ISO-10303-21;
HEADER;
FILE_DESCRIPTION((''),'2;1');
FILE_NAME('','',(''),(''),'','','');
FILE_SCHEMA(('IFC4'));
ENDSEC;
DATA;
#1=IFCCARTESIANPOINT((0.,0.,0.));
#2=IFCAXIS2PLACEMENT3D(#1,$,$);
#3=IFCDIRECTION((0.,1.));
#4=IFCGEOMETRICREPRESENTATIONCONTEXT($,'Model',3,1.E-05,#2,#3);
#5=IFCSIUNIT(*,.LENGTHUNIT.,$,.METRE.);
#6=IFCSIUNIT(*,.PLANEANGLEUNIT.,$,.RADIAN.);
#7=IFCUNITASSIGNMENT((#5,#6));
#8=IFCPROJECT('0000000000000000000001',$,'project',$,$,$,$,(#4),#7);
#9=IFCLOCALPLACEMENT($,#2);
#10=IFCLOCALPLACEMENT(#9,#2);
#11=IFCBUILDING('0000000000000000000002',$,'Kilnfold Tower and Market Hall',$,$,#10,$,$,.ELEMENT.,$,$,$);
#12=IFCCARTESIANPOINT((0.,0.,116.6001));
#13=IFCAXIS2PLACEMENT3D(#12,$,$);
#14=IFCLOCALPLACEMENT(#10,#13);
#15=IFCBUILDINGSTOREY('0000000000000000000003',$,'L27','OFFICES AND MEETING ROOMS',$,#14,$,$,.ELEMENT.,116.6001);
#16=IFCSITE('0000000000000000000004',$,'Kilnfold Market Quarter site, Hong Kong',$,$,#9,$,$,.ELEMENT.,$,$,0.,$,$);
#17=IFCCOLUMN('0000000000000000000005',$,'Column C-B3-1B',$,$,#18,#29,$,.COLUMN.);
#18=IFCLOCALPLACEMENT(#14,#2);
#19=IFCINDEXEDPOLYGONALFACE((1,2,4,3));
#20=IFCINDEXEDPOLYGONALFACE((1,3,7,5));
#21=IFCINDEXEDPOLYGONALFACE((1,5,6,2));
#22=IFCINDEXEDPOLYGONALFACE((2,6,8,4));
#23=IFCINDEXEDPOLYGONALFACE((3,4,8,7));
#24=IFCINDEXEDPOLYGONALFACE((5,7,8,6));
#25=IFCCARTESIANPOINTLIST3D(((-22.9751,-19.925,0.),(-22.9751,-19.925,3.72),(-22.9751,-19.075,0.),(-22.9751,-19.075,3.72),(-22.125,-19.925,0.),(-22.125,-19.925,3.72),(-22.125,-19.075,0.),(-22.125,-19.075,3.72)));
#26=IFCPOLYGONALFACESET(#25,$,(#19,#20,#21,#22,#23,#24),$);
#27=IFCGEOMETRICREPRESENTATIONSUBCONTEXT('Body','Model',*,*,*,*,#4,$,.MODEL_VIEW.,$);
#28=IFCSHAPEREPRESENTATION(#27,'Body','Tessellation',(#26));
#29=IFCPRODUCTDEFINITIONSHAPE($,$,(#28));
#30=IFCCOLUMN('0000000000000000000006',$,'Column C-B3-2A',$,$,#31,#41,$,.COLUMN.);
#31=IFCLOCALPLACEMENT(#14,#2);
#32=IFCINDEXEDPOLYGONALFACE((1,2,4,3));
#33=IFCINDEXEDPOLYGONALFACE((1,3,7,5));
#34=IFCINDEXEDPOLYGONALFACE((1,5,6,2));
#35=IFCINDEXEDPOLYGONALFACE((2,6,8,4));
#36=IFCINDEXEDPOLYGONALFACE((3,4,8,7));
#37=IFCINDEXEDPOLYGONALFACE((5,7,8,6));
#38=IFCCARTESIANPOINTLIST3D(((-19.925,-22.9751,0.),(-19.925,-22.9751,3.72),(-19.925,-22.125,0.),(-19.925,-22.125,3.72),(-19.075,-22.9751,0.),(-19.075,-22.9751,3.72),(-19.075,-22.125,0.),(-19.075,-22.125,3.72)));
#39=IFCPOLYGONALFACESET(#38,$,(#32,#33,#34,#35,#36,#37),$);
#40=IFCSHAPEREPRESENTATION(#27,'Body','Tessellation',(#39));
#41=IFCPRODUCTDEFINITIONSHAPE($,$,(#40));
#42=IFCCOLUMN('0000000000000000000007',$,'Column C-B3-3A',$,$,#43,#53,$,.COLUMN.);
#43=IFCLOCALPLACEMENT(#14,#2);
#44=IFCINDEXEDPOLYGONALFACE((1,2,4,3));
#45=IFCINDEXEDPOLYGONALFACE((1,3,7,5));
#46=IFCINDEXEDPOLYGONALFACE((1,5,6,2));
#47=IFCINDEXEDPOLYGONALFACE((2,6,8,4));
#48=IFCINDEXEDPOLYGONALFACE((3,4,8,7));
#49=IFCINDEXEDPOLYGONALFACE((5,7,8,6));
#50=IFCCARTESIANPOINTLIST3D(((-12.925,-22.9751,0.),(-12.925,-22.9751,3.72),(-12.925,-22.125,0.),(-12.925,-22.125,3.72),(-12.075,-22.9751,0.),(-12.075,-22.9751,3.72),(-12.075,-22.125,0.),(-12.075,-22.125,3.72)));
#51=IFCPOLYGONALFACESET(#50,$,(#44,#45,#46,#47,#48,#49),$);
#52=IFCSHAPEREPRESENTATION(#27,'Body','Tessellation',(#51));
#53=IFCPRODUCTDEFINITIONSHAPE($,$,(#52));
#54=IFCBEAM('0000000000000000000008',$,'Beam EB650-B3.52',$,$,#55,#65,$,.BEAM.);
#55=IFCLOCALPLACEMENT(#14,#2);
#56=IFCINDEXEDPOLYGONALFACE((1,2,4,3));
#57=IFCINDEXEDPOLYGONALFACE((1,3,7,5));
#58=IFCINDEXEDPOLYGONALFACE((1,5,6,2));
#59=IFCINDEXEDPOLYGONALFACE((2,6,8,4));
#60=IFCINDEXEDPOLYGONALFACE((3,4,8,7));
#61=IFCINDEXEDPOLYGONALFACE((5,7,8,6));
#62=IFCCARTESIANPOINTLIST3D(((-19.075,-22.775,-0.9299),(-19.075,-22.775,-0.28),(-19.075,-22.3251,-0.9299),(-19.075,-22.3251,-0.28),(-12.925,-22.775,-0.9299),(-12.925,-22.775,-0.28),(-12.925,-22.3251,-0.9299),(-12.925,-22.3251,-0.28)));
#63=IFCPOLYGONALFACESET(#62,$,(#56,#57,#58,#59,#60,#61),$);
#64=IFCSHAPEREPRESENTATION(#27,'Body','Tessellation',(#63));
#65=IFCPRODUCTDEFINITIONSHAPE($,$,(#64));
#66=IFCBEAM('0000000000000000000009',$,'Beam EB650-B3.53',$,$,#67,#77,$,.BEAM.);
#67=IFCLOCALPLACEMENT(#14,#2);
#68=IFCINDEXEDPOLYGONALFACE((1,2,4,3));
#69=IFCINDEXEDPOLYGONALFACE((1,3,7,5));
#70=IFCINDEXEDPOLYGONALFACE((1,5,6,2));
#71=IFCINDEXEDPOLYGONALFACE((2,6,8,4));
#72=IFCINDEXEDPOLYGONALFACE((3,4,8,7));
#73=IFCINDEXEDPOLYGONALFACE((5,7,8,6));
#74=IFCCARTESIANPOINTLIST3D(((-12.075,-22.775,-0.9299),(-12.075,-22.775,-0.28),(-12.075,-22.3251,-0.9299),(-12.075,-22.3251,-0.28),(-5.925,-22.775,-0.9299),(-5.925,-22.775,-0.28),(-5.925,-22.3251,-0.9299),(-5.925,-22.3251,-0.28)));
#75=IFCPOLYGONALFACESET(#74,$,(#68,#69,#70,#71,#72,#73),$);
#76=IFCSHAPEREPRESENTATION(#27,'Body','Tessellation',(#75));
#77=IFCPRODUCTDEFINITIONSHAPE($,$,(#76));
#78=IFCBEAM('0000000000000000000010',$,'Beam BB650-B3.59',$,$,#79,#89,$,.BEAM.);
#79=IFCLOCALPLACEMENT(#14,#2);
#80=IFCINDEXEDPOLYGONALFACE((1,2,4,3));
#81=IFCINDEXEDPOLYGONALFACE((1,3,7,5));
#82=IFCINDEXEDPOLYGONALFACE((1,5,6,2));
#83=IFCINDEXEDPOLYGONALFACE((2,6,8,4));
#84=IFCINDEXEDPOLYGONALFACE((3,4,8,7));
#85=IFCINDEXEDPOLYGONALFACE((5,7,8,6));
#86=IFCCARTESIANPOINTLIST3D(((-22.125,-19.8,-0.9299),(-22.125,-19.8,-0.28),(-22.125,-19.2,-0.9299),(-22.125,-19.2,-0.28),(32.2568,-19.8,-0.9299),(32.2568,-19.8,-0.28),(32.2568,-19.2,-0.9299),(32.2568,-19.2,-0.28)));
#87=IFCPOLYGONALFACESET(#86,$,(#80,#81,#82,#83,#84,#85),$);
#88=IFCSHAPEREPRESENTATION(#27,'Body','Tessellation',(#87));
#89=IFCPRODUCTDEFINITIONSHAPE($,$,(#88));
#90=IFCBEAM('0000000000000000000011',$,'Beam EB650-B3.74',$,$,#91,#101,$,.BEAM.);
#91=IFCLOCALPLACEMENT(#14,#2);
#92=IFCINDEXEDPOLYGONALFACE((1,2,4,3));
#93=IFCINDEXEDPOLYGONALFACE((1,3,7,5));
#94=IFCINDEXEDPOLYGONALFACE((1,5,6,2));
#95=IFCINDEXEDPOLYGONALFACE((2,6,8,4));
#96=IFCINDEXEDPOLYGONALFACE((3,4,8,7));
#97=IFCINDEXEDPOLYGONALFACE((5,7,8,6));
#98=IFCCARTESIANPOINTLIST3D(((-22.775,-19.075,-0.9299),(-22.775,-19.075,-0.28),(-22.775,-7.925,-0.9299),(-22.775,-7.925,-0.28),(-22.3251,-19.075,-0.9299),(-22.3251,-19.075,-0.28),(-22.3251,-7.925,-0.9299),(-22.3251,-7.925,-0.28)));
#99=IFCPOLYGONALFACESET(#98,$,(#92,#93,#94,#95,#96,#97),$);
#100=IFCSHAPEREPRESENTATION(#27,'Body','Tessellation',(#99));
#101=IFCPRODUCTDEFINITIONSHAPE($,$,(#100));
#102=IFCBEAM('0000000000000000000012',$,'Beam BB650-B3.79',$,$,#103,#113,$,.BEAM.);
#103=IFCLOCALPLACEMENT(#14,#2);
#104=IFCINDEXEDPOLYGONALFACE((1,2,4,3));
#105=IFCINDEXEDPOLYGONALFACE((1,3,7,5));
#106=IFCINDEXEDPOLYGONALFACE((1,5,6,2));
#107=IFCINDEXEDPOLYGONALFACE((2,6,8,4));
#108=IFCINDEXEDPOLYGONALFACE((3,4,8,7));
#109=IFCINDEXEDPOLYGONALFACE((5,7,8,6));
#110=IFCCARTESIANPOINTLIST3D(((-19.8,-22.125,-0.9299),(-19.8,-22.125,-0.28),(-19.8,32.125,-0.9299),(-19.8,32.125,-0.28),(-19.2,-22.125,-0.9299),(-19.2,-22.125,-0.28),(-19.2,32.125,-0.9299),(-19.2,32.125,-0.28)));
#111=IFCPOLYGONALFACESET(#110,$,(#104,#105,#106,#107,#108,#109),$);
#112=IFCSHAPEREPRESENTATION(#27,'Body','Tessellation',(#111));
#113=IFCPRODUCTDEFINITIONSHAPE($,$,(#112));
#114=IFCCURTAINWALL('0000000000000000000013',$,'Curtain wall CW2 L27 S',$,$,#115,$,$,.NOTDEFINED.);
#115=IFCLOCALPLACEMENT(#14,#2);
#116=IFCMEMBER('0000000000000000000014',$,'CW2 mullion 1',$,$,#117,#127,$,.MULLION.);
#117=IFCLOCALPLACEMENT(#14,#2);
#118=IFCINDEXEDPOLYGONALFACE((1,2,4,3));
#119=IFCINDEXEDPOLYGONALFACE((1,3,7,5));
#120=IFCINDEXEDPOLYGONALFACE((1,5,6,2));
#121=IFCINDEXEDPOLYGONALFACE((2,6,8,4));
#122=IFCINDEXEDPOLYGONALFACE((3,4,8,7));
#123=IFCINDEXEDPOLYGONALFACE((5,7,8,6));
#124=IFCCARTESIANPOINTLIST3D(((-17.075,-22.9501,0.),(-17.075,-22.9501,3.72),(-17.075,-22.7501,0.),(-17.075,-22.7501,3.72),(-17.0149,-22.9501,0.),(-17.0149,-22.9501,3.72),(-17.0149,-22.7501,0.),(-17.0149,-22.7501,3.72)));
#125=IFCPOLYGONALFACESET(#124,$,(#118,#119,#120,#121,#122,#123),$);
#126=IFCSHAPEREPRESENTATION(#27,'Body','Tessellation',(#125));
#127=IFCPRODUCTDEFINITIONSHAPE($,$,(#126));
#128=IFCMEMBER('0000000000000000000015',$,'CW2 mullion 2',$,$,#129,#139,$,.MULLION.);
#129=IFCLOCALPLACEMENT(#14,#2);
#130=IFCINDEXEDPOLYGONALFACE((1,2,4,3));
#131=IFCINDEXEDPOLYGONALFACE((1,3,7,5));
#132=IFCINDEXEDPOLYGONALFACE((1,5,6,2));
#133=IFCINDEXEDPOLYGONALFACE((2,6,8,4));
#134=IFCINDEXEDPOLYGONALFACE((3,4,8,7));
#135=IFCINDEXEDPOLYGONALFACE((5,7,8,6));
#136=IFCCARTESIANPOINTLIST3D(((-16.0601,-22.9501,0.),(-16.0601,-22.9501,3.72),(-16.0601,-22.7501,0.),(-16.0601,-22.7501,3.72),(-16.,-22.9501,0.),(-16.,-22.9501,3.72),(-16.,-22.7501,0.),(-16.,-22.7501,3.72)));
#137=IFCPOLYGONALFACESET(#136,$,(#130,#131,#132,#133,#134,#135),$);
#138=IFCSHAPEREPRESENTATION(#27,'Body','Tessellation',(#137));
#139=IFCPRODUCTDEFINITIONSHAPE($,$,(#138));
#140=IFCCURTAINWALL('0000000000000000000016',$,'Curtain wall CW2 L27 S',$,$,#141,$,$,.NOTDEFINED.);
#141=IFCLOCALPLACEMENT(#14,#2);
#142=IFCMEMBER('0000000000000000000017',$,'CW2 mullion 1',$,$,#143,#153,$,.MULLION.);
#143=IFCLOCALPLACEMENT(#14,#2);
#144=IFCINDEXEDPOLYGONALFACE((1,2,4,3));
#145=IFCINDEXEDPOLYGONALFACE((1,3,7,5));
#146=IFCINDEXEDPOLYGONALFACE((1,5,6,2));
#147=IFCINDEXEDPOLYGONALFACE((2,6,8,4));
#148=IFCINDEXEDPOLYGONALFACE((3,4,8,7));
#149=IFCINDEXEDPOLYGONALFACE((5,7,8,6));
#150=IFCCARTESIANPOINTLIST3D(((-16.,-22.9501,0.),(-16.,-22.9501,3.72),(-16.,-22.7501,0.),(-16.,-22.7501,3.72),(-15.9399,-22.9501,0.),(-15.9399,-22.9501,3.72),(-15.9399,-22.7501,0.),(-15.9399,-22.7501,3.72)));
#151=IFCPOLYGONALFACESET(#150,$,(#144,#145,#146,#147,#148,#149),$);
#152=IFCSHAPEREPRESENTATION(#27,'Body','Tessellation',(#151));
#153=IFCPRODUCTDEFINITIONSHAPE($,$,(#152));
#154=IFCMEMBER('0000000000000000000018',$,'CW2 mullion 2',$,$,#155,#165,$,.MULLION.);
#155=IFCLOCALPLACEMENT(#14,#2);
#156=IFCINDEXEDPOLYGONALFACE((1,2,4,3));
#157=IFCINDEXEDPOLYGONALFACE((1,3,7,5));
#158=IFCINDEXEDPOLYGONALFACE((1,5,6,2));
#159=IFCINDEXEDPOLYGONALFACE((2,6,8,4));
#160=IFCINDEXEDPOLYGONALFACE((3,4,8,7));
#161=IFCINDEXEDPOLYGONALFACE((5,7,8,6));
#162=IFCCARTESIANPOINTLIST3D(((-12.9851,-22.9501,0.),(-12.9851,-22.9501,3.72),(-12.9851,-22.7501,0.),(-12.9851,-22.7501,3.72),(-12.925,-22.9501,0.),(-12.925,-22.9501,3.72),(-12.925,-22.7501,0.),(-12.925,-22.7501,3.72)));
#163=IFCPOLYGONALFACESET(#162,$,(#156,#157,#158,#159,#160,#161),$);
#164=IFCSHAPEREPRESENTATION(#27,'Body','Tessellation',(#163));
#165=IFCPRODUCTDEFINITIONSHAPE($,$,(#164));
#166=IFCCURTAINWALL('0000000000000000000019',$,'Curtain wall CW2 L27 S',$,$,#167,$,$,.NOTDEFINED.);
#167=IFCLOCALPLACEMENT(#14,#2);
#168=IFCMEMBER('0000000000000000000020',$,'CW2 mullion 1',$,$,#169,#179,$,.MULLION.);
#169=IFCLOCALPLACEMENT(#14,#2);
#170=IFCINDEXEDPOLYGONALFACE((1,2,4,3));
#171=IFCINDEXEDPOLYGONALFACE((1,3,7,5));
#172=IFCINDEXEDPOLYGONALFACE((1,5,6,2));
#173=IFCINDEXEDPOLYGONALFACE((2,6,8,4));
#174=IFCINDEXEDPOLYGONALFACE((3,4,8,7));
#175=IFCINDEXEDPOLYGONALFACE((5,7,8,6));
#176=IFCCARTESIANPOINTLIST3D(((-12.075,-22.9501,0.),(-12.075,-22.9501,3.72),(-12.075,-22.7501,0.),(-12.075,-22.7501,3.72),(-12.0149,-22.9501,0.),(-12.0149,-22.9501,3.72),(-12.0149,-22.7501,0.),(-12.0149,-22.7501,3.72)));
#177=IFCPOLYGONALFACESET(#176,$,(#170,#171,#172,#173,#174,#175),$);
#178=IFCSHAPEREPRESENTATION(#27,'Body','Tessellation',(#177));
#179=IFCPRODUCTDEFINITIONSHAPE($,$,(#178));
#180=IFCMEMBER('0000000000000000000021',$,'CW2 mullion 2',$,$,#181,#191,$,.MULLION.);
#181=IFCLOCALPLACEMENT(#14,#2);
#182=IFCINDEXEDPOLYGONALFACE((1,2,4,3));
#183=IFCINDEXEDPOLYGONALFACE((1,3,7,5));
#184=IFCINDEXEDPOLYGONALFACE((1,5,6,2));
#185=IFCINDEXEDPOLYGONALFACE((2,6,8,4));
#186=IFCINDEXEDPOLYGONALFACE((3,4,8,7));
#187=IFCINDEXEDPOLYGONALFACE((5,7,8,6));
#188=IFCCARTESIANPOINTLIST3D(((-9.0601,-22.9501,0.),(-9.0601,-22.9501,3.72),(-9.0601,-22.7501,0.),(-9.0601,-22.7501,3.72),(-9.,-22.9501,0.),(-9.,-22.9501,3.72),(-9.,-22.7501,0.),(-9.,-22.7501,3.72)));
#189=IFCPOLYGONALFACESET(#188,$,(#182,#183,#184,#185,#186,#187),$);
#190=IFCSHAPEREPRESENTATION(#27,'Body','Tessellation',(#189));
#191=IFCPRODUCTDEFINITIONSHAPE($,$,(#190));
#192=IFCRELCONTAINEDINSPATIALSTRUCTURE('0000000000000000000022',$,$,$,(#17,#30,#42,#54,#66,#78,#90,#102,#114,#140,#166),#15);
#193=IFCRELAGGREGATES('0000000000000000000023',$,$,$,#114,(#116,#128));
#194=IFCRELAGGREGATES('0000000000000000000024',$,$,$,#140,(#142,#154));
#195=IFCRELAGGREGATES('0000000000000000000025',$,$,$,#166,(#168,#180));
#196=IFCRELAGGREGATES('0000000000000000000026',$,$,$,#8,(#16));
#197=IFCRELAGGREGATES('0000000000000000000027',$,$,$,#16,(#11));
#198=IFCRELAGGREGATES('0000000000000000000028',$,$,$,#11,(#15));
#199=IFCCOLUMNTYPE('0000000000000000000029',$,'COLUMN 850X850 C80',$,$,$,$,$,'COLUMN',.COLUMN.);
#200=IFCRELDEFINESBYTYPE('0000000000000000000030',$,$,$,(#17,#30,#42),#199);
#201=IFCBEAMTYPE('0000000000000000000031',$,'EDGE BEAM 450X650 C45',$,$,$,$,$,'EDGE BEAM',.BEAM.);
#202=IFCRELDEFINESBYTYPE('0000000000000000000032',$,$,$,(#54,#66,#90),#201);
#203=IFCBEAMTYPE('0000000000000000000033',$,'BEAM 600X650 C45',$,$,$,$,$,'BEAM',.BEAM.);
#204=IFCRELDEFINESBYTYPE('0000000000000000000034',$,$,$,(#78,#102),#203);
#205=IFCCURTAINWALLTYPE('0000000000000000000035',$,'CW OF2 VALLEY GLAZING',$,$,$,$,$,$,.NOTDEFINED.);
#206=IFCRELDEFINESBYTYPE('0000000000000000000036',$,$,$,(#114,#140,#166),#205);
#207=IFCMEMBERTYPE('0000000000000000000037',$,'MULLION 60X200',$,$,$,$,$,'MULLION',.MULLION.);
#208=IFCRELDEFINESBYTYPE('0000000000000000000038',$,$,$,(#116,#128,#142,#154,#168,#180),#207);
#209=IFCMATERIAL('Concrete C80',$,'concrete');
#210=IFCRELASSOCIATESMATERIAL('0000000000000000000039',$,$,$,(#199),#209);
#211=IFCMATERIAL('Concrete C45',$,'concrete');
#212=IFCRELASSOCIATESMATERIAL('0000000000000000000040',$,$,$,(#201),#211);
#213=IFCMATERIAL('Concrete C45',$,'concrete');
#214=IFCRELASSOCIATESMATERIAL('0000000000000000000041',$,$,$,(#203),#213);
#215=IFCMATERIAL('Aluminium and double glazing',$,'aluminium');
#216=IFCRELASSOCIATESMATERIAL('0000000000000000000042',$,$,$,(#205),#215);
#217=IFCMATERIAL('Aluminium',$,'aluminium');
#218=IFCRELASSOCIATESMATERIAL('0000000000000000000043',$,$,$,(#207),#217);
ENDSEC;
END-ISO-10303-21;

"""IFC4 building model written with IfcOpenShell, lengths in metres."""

from ifc_helpers import new_model, si_unit, direction, frame, origin, origin_2d, place, context, subcontext, project, spatial, rectangle, extrude, source, transform, mapped, material, material_profile, profile_set, type_object, element, aggregate, save


model = new_model("IFC4")

# Units and contexts
model_context = context("Model", 3, precision=1e-05, world=origin(), true_north=direction((0.0, 1.0)))
body_context = subcontext(model_context, "Body", "Model", "MODEL_VIEW")
ifc_project = project(units=[si_unit("LENGTHUNIT", "METRE"), si_unit("PLANEANGLEUNIT", "RADIAN")], contexts=[model_context])

# Site, building, storey
site_placement = place(None, origin())
site = spatial("IfcSite", under=ifc_project, at=site_placement, Name="Kilnfold Market Quarter site, Hong Kong", CompositionType="ELEMENT", RefElevation=0.0)
building_placement = place(site_placement, origin())
building = spatial("IfcBuilding", under=site, at=building_placement, Name="Kilnfold Tower and Market Hall", CompositionType="ELEMENT")
storey_placement = place(building_placement, frame((0.0, 0.0, 116.6001)))
storey = spatial("IfcBuildingStorey", under=building, at=storey_placement, Name="L27", Description="OFFICES AND MEETING ROOMS", CompositionType="ELEMENT", Elevation=116.6001)

# Columns
ifc_material_1 = material(Name="Concrete C80", Category="concrete")
ifc_material_profile_1 = material_profile(ifc_material_1, rectangle(XDim=0.8501, YDim=0.8501, at=origin_2d()), Name="RC 850x850")
ifc_profile_set_1 = profile_set([ifc_material_profile_1], Name="Concrete C80")
column_type = type_object("IfcColumnType", Name="COLUMN 850X850 C80", ElementType="COLUMN", PredefinedType="COLUMN", material=ifc_profile_set_1)
shared_shape_1 = source(origin(), body_context, "Body", "SweptSolid", [
    extrude(rectangle(XDim=0.8501, YDim=0.8501, at=origin_2d()), origin(), (0.0, 0.0, 1.0), 3.72),
])
for number, where, z_axis, x_axis, name in (
    (1, (-22.55, -19.5, 0.0), (0.0, 0.0, 1.0), (1.0, 0.0, 0.0), "Column C-B3-1B"),
    (2, (-19.5, -22.55, 0.0), (0.0, 0.0, 1.0), (1.0, 0.0, 0.0), "Column C-B3-2A"),
    (3, (-12.5, -22.55, 0.0), (0.0, 0.0, 1.0), (1.0, 0.0, 0.0), "Column C-B3-3A"),
):
    element("IfcColumn", number, at=place(storey_placement, frame(where, z_axis=z_axis, x_axis=x_axis)), inside=storey, type_object=column_type, Name=name, PredefinedType="COLUMN", context=body_context, shape_type="MappedRepresentation", body=[
        mapped(shared_shape_1, transform((0.0, 0.0, 0.0))),
    ])

# Beams
ifc_material_2 = material(Name="Concrete C45", Category="concrete")
ifc_material_profile_2 = material_profile(ifc_material_2, rectangle(XDim=0.45, YDim=0.6499, at=origin_2d()), Name="RC 450x650")
ifc_profile_set_2 = profile_set([ifc_material_profile_2], Name="Concrete C45")
beam_type_1 = type_object("IfcBeamType", Name="EDGE BEAM 450X650 C45", ElementType="EDGE BEAM", PredefinedType="BEAM", material=ifc_profile_set_2)
shared_shape_2 = source(origin(), body_context, "Body", "SweptSolid", [
    extrude(rectangle(XDim=0.45, YDim=0.6499, at=origin_2d()), origin(), (0.0, 0.0, 1.0), 6.1499),
])
for number, where, z_axis, x_axis, name in (
    (4, (-19.075, -22.55, -0.605), (1.0, 0.0, 0.0), (0.0, 1.0, 0.0), "Beam EB650-B3.52"),
    (5, (-12.075, -22.55, -0.605), (1.0, 0.0, 0.0), (0.0, 1.0, 0.0), "Beam EB650-B3.53"),
):
    element("IfcBeam", number, at=place(storey_placement, frame(where, z_axis=z_axis, x_axis=x_axis)), inside=storey, type_object=beam_type_1, Name=name, PredefinedType="BEAM", context=body_context, shape_type="MappedRepresentation", body=[
        mapped(shared_shape_2, transform((0.0, 0.0, 0.0))),
    ])
ifc_material_3 = material(Name="Concrete C45", Category="concrete")
ifc_material_profile_3 = material_profile(ifc_material_3, rectangle(XDim=0.6001, YDim=0.6499, at=origin_2d()), Name="RC 600x650")
ifc_profile_set_3 = profile_set([ifc_material_profile_3], Name="Concrete C45")
beam_type_2 = type_object("IfcBeamType", Name="BEAM 600X650 C45", ElementType="BEAM", PredefinedType="BEAM", material=ifc_profile_set_3)
shared_shape_3 = source(origin(), body_context, "Body", "SweptSolid", [
    extrude(rectangle(XDim=0.6001, YDim=0.6499, at=origin_2d()), origin(), (0.0, 0.0, 1.0), 54.3818),
])
beam_1_placement = place(storey_placement, frame((-22.125, -19.5, -0.605), z_axis=(1.0, 0.0, 0.0), x_axis=(0.0, 1.0, 0.0)))
element("IfcBeam", 6, at=beam_1_placement, inside=storey, type_object=beam_type_2, Name="Beam BB650-B3.59", PredefinedType="BEAM", context=body_context, shape_type="MappedRepresentation", body=[
    mapped(shared_shape_3, transform((0.0, 0.0, 0.0))),
])
shared_shape_4 = source(origin(), body_context, "Body", "SweptSolid", [
    extrude(rectangle(XDim=0.45, YDim=0.6499, at=origin_2d()), origin(), (0.0, 0.0, 1.0), 11.1499),
])
beam_2_placement = place(storey_placement, frame((-22.55, -19.075, -0.605), z_axis=(0.0, 1.0, 0.0), x_axis=(-1.0, 0.0, 0.0)))
element("IfcBeam", 7, at=beam_2_placement, inside=storey, type_object=beam_type_1, Name="Beam EB650-B3.74", PredefinedType="BEAM", context=body_context, shape_type="MappedRepresentation", body=[
    mapped(shared_shape_4, transform((0.0, 0.0, 0.0))),
])
shared_shape_5 = source(origin(), body_context, "Body", "SweptSolid", [
    extrude(rectangle(XDim=0.6001, YDim=0.6499, at=origin_2d()), origin(), (0.0, 0.0, 1.0), 54.25),
])
beam_3_placement = place(storey_placement, frame((-19.5, -22.125, -0.605), z_axis=(0.0, 1.0, 0.0), x_axis=(-1.0, 0.0, 0.0)))
element("IfcBeam", 8, at=beam_3_placement, inside=storey, type_object=beam_type_2, Name="Beam BB650-B3.79", PredefinedType="BEAM", context=body_context, shape_type="MappedRepresentation", body=[
    mapped(shared_shape_5, transform((0.0, 0.0, 0.0))),
])

# Curtain walls, members
ifc_material_4 = material(Name="Aluminium and double glazing", Category="aluminium")
curtain_wall_type = type_object("IfcCurtainWallType", Name="CW OF2 VALLEY GLAZING", PredefinedType="NOTDEFINED", material=ifc_material_4)
curtain_wall_1_placement = place(storey_placement, origin())
curtain_wall_1 = element("IfcCurtainWall", 9, at=curtain_wall_1_placement, inside=storey, type_object=curtain_wall_type, Name="Curtain wall CW2 L27 S", PredefinedType="NOTDEFINED")
ifc_material_5 = material(Name="Aluminium", Category="aluminium")
ifc_material_profile_4 = material_profile(ifc_material_5, rectangle(XDim=0.0601, YDim=0.2, at=origin_2d()), Name="MULLION 60x200")
ifc_profile_set_4 = profile_set([ifc_material_profile_4], Name="Aluminium")
member_type_1 = type_object("IfcMemberType", Name="MULLION 60X200", ElementType="MULLION", PredefinedType="MULLION", material=ifc_profile_set_4)
shared_shape_6 = source(origin(), body_context, "Body", "SweptSolid", [
    extrude(rectangle(XDim=0.0601, YDim=0.2, at=origin_2d()), origin(), (0.0, 0.0, 1.0), 3.72),
])
member_1_placement = place(storey_placement, frame((-17.0449, -22.8501, 0.0), z_axis=(0.0, 0.0, 1.0), x_axis=(1.0, 0.0, 0.0)))
member_1 = element("IfcMember", 10, at=member_1_placement, type_object=member_type_1, Name="CW2 mullion 1", PredefinedType="MULLION", context=body_context, shape_type="MappedRepresentation", body=[
    mapped(shared_shape_6, transform((0.0, 0.0, 0.0))),
])
member_2_placement = place(storey_placement, frame((-16.03, -22.8501, 0.0), z_axis=(0.0, 0.0, 1.0), x_axis=(1.0, 0.0, 0.0)))
member_2 = element("IfcMember", 11, at=member_2_placement, type_object=member_type_1, Name="CW2 mullion 2", PredefinedType="MULLION", context=body_context, shape_type="MappedRepresentation", body=[
    mapped(shared_shape_6, transform((0.0, 0.0, 0.0))),
])
curtain_wall_2_placement = place(storey_placement, origin())
curtain_wall_2 = element("IfcCurtainWall", 12, at=curtain_wall_2_placement, inside=storey, type_object=curtain_wall_type, Name="Curtain wall CW2 L27 S", PredefinedType="NOTDEFINED")
member_3_placement = place(storey_placement, frame((-15.97, -22.8501, 0.0), z_axis=(0.0, 0.0, 1.0), x_axis=(1.0, 0.0, 0.0)))
member_3 = element("IfcMember", 13, at=member_3_placement, type_object=member_type_1, Name="CW2 mullion 1", PredefinedType="MULLION", context=body_context, shape_type="MappedRepresentation", body=[
    mapped(shared_shape_6, transform((0.0, 0.0, 0.0))),
])
member_4_placement = place(storey_placement, frame((-12.9551, -22.8501, 0.0), z_axis=(0.0, 0.0, 1.0), x_axis=(1.0, 0.0, 0.0)))
member_4 = element("IfcMember", 14, at=member_4_placement, type_object=member_type_1, Name="CW2 mullion 2", PredefinedType="MULLION", context=body_context, shape_type="MappedRepresentation", body=[
    mapped(shared_shape_6, transform((0.0, 0.0, 0.0))),
])
curtain_wall_3_placement = place(storey_placement, origin())
curtain_wall_3 = element("IfcCurtainWall", 15, at=curtain_wall_3_placement, inside=storey, type_object=curtain_wall_type, Name="Curtain wall CW2 L27 S", PredefinedType="NOTDEFINED")
member_5_placement = place(storey_placement, frame((-12.0449, -22.8501, 0.0), z_axis=(0.0, 0.0, 1.0), x_axis=(1.0, 0.0, 0.0)))
member_5 = element("IfcMember", 16, at=member_5_placement, type_object=member_type_1, Name="CW2 mullion 1", PredefinedType="MULLION", context=body_context, shape_type="MappedRepresentation", body=[
    mapped(shared_shape_6, transform((0.0, 0.0, 0.0))),
])
member_6_placement = place(storey_placement, frame((-9.03, -22.8501, 0.0), z_axis=(0.0, 0.0, 1.0), x_axis=(1.0, 0.0, 0.0)))
member_6 = element("IfcMember", 17, at=member_6_placement, type_object=member_type_1, Name="CW2 mullion 2", PredefinedType="MULLION", context=body_context, shape_type="MappedRepresentation", body=[
    mapped(shared_shape_6, transform((0.0, 0.0, 0.0))),
])

aggregate(curtain_wall_1, [member_1, member_2])
aggregate(curtain_wall_2, [member_3, member_4])
aggregate(curtain_wall_3, [member_5, member_6])

save(model, "model.ifc")
